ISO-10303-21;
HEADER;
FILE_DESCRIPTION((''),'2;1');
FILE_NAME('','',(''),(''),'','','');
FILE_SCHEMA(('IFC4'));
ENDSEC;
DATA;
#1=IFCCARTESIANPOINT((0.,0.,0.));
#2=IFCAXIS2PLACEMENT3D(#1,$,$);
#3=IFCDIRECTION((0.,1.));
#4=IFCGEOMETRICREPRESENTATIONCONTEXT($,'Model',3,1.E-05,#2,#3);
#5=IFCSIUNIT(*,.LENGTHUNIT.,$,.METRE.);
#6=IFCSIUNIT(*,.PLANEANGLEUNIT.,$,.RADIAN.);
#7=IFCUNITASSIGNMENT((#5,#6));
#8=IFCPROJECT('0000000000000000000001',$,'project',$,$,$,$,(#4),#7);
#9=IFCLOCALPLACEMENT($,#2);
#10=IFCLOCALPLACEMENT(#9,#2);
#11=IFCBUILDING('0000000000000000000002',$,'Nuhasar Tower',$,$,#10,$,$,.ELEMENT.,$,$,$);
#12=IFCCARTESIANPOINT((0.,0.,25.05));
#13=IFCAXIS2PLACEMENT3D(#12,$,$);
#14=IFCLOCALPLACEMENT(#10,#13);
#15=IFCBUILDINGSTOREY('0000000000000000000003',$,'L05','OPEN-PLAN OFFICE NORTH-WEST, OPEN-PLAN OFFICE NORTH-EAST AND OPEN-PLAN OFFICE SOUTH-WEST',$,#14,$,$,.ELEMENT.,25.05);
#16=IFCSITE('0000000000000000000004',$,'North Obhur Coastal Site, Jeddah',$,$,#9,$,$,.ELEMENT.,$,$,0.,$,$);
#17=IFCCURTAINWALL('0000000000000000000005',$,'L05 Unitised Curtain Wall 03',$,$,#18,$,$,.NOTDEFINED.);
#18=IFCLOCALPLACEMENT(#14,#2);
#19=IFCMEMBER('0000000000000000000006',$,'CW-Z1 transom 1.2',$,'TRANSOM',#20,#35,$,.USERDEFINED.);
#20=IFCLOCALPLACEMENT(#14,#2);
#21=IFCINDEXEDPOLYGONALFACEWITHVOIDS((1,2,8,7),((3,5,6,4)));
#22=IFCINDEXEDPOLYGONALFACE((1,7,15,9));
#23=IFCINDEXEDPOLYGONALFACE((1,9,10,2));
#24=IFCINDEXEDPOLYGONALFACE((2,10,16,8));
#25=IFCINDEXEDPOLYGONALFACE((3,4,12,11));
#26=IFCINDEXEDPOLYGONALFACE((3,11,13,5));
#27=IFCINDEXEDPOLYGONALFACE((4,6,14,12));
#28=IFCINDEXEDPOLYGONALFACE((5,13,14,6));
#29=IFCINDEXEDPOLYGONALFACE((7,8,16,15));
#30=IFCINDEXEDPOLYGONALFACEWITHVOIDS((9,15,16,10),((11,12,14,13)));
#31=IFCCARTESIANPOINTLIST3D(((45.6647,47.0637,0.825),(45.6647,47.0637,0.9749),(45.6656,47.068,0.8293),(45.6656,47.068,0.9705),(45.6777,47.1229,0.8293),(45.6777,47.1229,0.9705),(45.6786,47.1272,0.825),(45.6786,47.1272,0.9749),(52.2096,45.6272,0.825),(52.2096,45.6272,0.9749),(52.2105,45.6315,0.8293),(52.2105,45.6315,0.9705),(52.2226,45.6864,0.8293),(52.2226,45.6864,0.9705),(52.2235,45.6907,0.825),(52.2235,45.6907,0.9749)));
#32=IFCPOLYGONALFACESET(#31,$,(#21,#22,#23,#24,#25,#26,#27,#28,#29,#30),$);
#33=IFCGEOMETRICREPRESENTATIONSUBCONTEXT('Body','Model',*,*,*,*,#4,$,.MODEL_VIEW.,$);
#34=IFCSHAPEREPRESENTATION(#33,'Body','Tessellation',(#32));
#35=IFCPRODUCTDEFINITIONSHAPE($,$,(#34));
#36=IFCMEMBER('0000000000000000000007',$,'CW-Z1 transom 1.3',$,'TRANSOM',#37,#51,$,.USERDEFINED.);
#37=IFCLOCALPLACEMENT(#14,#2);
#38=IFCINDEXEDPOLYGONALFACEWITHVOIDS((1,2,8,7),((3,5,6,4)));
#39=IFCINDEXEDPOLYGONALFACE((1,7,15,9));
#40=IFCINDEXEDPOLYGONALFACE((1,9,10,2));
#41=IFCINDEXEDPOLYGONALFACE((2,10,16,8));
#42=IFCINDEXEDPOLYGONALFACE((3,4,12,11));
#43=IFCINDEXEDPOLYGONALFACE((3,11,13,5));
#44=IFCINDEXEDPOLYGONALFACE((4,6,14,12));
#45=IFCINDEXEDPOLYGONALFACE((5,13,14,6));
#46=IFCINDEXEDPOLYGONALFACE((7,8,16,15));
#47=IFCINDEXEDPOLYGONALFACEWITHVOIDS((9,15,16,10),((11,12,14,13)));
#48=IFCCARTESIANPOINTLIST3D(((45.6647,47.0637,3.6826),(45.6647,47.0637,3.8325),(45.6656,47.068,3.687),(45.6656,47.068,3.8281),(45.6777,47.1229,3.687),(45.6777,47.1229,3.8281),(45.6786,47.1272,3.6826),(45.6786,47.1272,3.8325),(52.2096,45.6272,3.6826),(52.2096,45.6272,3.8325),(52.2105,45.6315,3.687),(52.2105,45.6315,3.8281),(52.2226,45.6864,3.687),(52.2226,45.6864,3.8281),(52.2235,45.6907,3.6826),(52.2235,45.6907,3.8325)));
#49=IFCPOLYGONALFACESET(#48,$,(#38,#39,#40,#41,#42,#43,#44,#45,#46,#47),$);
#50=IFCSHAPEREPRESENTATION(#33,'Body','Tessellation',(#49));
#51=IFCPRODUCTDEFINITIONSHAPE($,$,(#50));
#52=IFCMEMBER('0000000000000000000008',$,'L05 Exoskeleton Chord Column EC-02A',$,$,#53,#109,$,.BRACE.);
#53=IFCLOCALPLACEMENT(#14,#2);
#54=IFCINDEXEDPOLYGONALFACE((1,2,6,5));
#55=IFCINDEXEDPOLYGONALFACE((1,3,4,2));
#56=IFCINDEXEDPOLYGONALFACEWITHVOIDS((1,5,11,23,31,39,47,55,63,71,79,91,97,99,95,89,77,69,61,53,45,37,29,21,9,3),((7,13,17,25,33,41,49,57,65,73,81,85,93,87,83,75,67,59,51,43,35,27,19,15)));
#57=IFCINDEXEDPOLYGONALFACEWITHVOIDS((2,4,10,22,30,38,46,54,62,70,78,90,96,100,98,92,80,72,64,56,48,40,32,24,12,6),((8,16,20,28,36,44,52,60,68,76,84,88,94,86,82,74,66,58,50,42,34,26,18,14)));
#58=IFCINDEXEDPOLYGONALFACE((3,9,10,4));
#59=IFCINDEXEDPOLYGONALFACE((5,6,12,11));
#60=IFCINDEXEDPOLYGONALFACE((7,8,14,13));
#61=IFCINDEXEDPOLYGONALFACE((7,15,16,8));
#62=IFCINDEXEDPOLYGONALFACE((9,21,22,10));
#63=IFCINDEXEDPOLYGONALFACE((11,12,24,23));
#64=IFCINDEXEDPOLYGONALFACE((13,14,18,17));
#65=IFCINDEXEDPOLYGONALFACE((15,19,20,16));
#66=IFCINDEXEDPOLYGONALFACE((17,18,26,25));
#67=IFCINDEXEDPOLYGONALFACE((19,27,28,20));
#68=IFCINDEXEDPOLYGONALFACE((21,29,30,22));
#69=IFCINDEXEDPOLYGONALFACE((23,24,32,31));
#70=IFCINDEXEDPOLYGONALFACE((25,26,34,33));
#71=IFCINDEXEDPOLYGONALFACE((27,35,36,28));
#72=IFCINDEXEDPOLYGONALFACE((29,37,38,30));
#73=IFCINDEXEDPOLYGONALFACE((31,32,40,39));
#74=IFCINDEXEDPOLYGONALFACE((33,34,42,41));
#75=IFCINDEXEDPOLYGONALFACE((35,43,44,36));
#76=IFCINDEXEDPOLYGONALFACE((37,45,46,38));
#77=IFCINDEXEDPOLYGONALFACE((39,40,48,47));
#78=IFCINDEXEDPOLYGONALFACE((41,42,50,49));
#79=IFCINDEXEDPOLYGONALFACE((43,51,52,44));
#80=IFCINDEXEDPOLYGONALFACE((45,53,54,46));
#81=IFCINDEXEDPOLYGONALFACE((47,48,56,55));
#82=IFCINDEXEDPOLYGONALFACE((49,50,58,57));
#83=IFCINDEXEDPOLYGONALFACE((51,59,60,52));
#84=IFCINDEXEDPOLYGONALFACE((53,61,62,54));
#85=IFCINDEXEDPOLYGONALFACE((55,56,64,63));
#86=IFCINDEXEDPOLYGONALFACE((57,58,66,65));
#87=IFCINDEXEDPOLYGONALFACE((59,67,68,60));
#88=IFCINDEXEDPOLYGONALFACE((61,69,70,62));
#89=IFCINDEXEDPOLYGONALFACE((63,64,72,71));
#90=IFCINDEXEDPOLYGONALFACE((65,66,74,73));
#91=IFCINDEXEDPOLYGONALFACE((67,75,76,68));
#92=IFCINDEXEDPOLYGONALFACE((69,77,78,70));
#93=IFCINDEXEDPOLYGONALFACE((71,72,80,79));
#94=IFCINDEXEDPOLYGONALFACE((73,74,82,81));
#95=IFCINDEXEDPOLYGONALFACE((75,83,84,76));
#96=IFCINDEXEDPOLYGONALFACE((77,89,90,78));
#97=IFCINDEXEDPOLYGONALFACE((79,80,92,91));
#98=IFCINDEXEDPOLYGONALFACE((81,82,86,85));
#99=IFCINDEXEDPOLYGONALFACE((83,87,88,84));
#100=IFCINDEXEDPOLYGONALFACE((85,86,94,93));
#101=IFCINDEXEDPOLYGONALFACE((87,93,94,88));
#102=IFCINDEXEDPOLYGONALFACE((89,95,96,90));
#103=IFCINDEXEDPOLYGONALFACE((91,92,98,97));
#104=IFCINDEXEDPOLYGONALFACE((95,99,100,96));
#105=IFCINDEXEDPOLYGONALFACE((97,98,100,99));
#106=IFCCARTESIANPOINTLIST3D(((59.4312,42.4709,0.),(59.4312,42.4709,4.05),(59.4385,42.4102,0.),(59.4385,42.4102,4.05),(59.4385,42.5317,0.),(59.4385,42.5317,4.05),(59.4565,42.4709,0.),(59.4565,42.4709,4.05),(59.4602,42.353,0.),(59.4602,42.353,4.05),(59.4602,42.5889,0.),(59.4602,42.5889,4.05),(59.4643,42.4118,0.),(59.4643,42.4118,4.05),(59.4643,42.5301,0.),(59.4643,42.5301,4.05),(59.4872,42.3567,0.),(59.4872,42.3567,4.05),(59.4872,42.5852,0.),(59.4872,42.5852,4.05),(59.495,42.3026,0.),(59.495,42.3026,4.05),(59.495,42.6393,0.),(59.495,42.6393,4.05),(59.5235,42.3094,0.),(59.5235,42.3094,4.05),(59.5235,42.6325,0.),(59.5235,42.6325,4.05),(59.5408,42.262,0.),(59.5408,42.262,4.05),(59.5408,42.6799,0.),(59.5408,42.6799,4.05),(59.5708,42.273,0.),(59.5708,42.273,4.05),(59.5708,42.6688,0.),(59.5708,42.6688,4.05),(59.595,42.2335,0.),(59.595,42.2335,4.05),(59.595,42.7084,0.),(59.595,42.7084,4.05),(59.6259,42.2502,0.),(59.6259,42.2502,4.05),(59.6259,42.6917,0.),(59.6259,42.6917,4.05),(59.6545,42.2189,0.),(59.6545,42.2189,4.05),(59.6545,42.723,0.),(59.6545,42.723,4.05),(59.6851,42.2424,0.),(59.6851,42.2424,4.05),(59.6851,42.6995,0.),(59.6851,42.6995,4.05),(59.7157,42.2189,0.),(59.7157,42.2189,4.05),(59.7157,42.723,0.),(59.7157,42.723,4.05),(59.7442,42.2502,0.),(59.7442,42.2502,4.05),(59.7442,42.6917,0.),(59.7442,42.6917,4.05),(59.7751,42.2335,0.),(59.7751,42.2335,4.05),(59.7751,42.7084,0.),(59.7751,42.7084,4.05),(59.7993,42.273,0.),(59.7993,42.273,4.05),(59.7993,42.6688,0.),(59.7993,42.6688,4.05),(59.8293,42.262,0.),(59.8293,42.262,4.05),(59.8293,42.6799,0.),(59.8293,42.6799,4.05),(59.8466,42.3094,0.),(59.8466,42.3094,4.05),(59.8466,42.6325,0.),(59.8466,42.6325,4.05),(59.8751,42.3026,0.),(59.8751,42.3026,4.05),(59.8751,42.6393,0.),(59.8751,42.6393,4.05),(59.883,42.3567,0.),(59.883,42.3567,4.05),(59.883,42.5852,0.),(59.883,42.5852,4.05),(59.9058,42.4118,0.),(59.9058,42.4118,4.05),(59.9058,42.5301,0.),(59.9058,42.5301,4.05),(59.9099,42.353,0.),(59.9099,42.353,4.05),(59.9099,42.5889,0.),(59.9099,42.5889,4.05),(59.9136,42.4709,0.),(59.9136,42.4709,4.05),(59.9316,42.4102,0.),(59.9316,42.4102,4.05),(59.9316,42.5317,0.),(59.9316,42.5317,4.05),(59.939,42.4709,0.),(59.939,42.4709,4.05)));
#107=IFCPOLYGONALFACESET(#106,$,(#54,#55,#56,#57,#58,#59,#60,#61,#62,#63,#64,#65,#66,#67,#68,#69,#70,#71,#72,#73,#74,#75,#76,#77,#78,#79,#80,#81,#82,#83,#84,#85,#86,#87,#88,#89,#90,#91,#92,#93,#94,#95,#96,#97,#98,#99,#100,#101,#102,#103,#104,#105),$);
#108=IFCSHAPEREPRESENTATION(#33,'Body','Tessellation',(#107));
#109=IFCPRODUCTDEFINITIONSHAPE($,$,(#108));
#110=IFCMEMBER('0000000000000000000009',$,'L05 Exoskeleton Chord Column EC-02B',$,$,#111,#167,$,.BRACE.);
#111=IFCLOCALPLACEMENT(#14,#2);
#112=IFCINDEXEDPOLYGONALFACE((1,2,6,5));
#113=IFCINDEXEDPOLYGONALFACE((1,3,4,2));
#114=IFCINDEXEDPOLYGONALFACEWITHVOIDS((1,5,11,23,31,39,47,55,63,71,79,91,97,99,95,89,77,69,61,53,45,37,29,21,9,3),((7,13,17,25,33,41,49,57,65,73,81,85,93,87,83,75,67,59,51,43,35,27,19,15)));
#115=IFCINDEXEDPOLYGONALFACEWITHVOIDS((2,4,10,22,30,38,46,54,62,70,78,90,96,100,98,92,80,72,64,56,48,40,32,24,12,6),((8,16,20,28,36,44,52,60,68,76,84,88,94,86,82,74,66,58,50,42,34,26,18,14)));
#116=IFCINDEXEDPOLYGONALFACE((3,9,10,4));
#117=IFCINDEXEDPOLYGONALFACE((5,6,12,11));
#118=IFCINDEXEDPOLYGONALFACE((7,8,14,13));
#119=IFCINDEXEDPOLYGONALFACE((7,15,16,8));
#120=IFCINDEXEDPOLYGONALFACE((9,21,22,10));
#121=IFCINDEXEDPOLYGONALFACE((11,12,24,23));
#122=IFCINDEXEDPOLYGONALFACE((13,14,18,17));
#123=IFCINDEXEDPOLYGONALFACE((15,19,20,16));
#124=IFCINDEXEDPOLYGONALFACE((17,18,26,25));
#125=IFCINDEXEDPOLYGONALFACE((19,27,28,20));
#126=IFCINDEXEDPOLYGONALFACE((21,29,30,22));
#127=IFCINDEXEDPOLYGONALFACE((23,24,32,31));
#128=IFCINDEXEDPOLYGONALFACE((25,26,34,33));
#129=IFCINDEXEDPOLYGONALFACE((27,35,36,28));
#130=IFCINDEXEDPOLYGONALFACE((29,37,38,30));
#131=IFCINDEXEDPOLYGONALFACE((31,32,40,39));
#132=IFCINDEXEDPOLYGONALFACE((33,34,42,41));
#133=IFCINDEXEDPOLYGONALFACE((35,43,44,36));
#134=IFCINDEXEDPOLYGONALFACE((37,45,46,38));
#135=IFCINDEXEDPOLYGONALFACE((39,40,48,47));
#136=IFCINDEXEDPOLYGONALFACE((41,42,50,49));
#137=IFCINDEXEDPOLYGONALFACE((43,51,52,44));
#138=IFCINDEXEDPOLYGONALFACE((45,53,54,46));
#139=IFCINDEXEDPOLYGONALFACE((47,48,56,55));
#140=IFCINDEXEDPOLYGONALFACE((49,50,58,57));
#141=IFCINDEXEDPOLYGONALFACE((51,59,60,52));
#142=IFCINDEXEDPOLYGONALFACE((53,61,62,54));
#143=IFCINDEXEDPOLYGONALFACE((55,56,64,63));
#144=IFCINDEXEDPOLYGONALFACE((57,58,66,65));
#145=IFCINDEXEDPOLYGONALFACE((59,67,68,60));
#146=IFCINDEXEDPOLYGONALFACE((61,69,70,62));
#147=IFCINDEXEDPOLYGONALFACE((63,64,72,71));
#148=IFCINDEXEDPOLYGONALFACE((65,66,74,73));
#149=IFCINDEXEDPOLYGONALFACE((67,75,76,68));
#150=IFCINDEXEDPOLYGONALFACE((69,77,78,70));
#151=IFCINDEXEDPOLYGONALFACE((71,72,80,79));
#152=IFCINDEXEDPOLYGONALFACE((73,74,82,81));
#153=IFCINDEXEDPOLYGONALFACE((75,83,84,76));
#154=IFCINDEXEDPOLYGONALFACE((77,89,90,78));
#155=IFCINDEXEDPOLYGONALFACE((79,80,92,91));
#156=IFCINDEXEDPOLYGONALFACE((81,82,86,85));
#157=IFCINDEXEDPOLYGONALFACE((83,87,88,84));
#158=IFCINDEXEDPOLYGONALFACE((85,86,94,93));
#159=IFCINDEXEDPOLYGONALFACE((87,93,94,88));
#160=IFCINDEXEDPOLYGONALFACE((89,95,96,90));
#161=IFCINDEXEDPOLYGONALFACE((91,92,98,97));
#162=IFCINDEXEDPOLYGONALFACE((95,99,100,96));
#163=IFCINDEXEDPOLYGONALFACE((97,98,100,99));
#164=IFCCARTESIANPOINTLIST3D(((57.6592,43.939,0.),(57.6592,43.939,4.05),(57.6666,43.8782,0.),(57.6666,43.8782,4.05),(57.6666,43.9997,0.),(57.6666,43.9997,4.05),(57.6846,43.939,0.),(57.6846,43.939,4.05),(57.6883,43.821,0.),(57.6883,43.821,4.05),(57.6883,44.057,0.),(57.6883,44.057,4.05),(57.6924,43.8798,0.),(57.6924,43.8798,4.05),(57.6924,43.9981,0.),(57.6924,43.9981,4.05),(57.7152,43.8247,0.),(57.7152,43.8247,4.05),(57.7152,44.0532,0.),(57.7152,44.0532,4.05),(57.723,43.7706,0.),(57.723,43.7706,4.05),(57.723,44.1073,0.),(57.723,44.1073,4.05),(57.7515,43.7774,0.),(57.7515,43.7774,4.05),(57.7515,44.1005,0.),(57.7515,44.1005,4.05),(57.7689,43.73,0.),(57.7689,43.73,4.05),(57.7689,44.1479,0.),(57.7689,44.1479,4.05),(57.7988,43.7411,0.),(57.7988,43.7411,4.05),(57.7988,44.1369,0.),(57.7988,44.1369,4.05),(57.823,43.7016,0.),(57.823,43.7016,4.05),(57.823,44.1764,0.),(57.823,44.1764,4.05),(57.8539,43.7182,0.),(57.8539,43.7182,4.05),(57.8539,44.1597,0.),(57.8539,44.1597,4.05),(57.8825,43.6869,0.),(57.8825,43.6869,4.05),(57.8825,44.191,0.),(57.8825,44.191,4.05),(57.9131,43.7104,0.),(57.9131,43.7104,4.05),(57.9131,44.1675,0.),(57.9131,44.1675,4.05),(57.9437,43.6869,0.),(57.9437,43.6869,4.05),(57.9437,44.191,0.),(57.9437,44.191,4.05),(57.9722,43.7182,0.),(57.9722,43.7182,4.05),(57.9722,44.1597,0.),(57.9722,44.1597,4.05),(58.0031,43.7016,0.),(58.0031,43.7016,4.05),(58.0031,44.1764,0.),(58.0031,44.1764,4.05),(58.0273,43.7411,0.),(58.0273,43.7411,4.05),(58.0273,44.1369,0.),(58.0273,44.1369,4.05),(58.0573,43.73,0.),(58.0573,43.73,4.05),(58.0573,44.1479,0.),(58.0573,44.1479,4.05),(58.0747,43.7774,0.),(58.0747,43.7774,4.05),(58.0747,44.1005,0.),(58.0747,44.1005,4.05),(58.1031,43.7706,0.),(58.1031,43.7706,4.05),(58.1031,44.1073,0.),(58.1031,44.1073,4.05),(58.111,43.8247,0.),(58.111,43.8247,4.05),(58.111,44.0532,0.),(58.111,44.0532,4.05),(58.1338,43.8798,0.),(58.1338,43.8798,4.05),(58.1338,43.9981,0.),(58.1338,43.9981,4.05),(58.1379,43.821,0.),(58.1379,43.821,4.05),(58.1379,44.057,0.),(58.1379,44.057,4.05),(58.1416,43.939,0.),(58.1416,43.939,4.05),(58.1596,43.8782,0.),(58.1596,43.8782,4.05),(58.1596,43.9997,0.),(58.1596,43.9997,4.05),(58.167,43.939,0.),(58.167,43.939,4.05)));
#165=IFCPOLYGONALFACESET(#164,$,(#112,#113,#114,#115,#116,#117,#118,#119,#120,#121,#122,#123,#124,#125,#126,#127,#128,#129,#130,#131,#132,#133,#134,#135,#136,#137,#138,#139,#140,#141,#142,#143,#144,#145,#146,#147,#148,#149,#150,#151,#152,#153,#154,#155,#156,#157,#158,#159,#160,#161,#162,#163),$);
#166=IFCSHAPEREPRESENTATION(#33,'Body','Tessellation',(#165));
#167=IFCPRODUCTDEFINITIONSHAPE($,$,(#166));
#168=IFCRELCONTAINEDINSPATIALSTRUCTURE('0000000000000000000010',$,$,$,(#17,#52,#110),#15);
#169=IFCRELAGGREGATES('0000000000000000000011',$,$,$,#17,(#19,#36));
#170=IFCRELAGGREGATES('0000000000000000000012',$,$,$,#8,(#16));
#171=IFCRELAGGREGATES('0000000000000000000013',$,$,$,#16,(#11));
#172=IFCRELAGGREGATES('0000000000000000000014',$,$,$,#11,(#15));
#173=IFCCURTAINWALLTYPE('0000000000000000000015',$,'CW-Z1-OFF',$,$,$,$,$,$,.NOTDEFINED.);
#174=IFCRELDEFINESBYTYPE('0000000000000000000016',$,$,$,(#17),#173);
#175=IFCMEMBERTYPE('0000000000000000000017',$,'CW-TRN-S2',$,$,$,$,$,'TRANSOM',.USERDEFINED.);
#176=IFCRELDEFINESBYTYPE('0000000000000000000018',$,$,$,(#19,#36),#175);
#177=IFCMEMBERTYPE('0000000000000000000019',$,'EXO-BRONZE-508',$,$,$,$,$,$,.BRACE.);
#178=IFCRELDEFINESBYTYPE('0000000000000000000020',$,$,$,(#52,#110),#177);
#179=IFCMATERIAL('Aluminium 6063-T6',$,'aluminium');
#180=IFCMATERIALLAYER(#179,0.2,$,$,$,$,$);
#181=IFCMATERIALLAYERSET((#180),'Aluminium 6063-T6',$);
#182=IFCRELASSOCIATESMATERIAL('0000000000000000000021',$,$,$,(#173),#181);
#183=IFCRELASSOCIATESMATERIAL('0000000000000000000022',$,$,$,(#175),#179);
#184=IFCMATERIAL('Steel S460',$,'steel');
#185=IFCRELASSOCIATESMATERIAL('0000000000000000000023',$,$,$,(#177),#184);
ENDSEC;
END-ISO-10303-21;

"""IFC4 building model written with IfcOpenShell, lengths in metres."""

from ifc_helpers import new_model, si_unit, direction, frame, origin, origin_2d, place, context, subcontext, project, spatial, hollow_rectangle, hollow_circle, extrude, material, layer, layer_set, material_profile, profile_set, type_object, element, aggregate, save


model = new_model("IFC4")

# Units and contexts
model_context = context("Model", 3, precision=1e-05, world=origin(), true_north=direction((0.0, 1.0)))
body_context = subcontext(model_context, "Body", "Model", "MODEL_VIEW")
ifc_project = project(units=[si_unit("LENGTHUNIT", "METRE"), si_unit("PLANEANGLEUNIT", "RADIAN")], contexts=[model_context])

# Site, building, storey
site_placement = place(None, origin())
site = spatial("IfcSite", under=ifc_project, at=site_placement, Name="North Obhur Coastal Site, Jeddah", CompositionType="ELEMENT", RefElevation=0.0)
building_placement = place(site_placement, origin())
building = spatial("IfcBuilding", under=site, at=building_placement, Name="Nuhasar Tower", CompositionType="ELEMENT")
storey_placement = place(building_placement, frame((0.0, 0.0, 25.05)))
storey = spatial("IfcBuildingStorey", under=building, at=storey_placement, Name="L05", Description="OPEN-PLAN OFFICE NORTH-WEST, OPEN-PLAN OFFICE NORTH-EAST AND OPEN-PLAN OFFICE SOUTH-WEST", CompositionType="ELEMENT", Elevation=25.05)

# Shared definitions
ifc_material_1 = material(Name="Aluminium 6063-T6", Category="aluminium")
ifc_layer_1 = layer(ifc_material_1, 0.2)
ifc_layer_set_1 = layer_set([ifc_layer_1], Name="Aluminium 6063-T6")
curtain_wall_type = type_object("IfcCurtainWallType", Name="CW-Z1-OFF", PredefinedType="NOTDEFINED", material=ifc_layer_set_1)

# Curtain wall
curtain_wall_1_placement = place(storey_placement, origin())
curtain_wall_1 = element("IfcCurtainWall", 1, at=curtain_wall_1_placement, inside=storey, type_object=curtain_wall_type, Name="L05 Unitised Curtain Wall 03", PredefinedType="NOTDEFINED")

# Members
ifc_material_profile_1 = material_profile(ifc_material_1, hollow_rectangle(XDim=0.0649, YDim=0.1499, WallThickness=0.0044, at=origin_2d()), Name="CWT-2")
ifc_profile_set_1 = profile_set([ifc_material_profile_1], Name="Aluminium 6063-T6")
member_type_1 = type_object("IfcMemberType", Name="CW-TRN-S2", ElementType="TRANSOM", PredefinedType="USERDEFINED", material=ifc_profile_set_1)
member_1_placement = place(storey_placement, frame((52.2166, 45.6589, 0.8999), z_axis=(-0.97675, 0.214384, 0.0), x_axis=(-0.214384, -0.97675, 0.0)))
member_1 = element("IfcMember", 2, at=member_1_placement, type_object=member_type_1, Name="CW-Z1 transom 1.2", ObjectType="TRANSOM", PredefinedType="USERDEFINED", context=body_context, shape_type="SweptSolid", body=[
    extrude(hollow_rectangle(XDim=0.0649, YDim=0.1499, WallThickness=0.0044, at=origin_2d()), origin(), (0.0, 0.0, 1.0), 6.7007),
])
member_2_placement = place(storey_placement, frame((52.2166, 45.6589, 3.7576), z_axis=(-0.97675, 0.214384, 0.0), x_axis=(-0.214384, -0.97675, 0.0)))
member_2 = element("IfcMember", 3, at=member_2_placement, type_object=member_type_1, Name="CW-Z1 transom 1.3", ObjectType="TRANSOM", PredefinedType="USERDEFINED", context=body_context, shape_type="SweptSolid", body=[
    extrude(hollow_rectangle(XDim=0.0649, YDim=0.1499, WallThickness=0.0044, at=origin_2d()), origin(), (0.0, 0.0, 1.0), 6.7007),
])
aggregate(curtain_wall_1, [member_1, member_2])

# Members
ifc_material_2 = material(Name="Steel S460", Category="steel")
ifc_material_profile_2 = material_profile(ifc_material_2, hollow_circle(Radius=0.2539, WallThickness=0.0254, at=origin_2d()), Name="HSS508X25.4")
ifc_profile_set_2 = profile_set([ifc_material_profile_2], Name="Steel S460")
member_type_2 = type_object("IfcMemberType", Name="EXO-BRONZE-508", PredefinedType="BRACE", material=ifc_profile_set_2)
for number, where, z_axis, x_axis, name in (
    (4, (59.6851, 42.4709, 0.0), (0.0, 0.0, 1.0), (1.0, 0.0, 0.0), "L05 Exoskeleton Chord Column EC-02A"),
    (5, (57.9131, 43.939, 0.0), (0.0, 0.0, 1.0), (1.0, 0.0, 0.0), "L05 Exoskeleton Chord Column EC-02B"),
):
    element("IfcMember", number, at=place(storey_placement, frame(where, z_axis=z_axis, x_axis=x_axis)), inside=storey, type_object=member_type_2, Name=name, PredefinedType="BRACE", context=body_context, shape_type="SweptSolid", body=[
        extrude(hollow_circle(Radius=0.2539, WallThickness=0.0254, at=origin_2d()), origin(), (0.0, 0.0, 1.0), 4.05),
    ])

save(model, "model.ifc")
